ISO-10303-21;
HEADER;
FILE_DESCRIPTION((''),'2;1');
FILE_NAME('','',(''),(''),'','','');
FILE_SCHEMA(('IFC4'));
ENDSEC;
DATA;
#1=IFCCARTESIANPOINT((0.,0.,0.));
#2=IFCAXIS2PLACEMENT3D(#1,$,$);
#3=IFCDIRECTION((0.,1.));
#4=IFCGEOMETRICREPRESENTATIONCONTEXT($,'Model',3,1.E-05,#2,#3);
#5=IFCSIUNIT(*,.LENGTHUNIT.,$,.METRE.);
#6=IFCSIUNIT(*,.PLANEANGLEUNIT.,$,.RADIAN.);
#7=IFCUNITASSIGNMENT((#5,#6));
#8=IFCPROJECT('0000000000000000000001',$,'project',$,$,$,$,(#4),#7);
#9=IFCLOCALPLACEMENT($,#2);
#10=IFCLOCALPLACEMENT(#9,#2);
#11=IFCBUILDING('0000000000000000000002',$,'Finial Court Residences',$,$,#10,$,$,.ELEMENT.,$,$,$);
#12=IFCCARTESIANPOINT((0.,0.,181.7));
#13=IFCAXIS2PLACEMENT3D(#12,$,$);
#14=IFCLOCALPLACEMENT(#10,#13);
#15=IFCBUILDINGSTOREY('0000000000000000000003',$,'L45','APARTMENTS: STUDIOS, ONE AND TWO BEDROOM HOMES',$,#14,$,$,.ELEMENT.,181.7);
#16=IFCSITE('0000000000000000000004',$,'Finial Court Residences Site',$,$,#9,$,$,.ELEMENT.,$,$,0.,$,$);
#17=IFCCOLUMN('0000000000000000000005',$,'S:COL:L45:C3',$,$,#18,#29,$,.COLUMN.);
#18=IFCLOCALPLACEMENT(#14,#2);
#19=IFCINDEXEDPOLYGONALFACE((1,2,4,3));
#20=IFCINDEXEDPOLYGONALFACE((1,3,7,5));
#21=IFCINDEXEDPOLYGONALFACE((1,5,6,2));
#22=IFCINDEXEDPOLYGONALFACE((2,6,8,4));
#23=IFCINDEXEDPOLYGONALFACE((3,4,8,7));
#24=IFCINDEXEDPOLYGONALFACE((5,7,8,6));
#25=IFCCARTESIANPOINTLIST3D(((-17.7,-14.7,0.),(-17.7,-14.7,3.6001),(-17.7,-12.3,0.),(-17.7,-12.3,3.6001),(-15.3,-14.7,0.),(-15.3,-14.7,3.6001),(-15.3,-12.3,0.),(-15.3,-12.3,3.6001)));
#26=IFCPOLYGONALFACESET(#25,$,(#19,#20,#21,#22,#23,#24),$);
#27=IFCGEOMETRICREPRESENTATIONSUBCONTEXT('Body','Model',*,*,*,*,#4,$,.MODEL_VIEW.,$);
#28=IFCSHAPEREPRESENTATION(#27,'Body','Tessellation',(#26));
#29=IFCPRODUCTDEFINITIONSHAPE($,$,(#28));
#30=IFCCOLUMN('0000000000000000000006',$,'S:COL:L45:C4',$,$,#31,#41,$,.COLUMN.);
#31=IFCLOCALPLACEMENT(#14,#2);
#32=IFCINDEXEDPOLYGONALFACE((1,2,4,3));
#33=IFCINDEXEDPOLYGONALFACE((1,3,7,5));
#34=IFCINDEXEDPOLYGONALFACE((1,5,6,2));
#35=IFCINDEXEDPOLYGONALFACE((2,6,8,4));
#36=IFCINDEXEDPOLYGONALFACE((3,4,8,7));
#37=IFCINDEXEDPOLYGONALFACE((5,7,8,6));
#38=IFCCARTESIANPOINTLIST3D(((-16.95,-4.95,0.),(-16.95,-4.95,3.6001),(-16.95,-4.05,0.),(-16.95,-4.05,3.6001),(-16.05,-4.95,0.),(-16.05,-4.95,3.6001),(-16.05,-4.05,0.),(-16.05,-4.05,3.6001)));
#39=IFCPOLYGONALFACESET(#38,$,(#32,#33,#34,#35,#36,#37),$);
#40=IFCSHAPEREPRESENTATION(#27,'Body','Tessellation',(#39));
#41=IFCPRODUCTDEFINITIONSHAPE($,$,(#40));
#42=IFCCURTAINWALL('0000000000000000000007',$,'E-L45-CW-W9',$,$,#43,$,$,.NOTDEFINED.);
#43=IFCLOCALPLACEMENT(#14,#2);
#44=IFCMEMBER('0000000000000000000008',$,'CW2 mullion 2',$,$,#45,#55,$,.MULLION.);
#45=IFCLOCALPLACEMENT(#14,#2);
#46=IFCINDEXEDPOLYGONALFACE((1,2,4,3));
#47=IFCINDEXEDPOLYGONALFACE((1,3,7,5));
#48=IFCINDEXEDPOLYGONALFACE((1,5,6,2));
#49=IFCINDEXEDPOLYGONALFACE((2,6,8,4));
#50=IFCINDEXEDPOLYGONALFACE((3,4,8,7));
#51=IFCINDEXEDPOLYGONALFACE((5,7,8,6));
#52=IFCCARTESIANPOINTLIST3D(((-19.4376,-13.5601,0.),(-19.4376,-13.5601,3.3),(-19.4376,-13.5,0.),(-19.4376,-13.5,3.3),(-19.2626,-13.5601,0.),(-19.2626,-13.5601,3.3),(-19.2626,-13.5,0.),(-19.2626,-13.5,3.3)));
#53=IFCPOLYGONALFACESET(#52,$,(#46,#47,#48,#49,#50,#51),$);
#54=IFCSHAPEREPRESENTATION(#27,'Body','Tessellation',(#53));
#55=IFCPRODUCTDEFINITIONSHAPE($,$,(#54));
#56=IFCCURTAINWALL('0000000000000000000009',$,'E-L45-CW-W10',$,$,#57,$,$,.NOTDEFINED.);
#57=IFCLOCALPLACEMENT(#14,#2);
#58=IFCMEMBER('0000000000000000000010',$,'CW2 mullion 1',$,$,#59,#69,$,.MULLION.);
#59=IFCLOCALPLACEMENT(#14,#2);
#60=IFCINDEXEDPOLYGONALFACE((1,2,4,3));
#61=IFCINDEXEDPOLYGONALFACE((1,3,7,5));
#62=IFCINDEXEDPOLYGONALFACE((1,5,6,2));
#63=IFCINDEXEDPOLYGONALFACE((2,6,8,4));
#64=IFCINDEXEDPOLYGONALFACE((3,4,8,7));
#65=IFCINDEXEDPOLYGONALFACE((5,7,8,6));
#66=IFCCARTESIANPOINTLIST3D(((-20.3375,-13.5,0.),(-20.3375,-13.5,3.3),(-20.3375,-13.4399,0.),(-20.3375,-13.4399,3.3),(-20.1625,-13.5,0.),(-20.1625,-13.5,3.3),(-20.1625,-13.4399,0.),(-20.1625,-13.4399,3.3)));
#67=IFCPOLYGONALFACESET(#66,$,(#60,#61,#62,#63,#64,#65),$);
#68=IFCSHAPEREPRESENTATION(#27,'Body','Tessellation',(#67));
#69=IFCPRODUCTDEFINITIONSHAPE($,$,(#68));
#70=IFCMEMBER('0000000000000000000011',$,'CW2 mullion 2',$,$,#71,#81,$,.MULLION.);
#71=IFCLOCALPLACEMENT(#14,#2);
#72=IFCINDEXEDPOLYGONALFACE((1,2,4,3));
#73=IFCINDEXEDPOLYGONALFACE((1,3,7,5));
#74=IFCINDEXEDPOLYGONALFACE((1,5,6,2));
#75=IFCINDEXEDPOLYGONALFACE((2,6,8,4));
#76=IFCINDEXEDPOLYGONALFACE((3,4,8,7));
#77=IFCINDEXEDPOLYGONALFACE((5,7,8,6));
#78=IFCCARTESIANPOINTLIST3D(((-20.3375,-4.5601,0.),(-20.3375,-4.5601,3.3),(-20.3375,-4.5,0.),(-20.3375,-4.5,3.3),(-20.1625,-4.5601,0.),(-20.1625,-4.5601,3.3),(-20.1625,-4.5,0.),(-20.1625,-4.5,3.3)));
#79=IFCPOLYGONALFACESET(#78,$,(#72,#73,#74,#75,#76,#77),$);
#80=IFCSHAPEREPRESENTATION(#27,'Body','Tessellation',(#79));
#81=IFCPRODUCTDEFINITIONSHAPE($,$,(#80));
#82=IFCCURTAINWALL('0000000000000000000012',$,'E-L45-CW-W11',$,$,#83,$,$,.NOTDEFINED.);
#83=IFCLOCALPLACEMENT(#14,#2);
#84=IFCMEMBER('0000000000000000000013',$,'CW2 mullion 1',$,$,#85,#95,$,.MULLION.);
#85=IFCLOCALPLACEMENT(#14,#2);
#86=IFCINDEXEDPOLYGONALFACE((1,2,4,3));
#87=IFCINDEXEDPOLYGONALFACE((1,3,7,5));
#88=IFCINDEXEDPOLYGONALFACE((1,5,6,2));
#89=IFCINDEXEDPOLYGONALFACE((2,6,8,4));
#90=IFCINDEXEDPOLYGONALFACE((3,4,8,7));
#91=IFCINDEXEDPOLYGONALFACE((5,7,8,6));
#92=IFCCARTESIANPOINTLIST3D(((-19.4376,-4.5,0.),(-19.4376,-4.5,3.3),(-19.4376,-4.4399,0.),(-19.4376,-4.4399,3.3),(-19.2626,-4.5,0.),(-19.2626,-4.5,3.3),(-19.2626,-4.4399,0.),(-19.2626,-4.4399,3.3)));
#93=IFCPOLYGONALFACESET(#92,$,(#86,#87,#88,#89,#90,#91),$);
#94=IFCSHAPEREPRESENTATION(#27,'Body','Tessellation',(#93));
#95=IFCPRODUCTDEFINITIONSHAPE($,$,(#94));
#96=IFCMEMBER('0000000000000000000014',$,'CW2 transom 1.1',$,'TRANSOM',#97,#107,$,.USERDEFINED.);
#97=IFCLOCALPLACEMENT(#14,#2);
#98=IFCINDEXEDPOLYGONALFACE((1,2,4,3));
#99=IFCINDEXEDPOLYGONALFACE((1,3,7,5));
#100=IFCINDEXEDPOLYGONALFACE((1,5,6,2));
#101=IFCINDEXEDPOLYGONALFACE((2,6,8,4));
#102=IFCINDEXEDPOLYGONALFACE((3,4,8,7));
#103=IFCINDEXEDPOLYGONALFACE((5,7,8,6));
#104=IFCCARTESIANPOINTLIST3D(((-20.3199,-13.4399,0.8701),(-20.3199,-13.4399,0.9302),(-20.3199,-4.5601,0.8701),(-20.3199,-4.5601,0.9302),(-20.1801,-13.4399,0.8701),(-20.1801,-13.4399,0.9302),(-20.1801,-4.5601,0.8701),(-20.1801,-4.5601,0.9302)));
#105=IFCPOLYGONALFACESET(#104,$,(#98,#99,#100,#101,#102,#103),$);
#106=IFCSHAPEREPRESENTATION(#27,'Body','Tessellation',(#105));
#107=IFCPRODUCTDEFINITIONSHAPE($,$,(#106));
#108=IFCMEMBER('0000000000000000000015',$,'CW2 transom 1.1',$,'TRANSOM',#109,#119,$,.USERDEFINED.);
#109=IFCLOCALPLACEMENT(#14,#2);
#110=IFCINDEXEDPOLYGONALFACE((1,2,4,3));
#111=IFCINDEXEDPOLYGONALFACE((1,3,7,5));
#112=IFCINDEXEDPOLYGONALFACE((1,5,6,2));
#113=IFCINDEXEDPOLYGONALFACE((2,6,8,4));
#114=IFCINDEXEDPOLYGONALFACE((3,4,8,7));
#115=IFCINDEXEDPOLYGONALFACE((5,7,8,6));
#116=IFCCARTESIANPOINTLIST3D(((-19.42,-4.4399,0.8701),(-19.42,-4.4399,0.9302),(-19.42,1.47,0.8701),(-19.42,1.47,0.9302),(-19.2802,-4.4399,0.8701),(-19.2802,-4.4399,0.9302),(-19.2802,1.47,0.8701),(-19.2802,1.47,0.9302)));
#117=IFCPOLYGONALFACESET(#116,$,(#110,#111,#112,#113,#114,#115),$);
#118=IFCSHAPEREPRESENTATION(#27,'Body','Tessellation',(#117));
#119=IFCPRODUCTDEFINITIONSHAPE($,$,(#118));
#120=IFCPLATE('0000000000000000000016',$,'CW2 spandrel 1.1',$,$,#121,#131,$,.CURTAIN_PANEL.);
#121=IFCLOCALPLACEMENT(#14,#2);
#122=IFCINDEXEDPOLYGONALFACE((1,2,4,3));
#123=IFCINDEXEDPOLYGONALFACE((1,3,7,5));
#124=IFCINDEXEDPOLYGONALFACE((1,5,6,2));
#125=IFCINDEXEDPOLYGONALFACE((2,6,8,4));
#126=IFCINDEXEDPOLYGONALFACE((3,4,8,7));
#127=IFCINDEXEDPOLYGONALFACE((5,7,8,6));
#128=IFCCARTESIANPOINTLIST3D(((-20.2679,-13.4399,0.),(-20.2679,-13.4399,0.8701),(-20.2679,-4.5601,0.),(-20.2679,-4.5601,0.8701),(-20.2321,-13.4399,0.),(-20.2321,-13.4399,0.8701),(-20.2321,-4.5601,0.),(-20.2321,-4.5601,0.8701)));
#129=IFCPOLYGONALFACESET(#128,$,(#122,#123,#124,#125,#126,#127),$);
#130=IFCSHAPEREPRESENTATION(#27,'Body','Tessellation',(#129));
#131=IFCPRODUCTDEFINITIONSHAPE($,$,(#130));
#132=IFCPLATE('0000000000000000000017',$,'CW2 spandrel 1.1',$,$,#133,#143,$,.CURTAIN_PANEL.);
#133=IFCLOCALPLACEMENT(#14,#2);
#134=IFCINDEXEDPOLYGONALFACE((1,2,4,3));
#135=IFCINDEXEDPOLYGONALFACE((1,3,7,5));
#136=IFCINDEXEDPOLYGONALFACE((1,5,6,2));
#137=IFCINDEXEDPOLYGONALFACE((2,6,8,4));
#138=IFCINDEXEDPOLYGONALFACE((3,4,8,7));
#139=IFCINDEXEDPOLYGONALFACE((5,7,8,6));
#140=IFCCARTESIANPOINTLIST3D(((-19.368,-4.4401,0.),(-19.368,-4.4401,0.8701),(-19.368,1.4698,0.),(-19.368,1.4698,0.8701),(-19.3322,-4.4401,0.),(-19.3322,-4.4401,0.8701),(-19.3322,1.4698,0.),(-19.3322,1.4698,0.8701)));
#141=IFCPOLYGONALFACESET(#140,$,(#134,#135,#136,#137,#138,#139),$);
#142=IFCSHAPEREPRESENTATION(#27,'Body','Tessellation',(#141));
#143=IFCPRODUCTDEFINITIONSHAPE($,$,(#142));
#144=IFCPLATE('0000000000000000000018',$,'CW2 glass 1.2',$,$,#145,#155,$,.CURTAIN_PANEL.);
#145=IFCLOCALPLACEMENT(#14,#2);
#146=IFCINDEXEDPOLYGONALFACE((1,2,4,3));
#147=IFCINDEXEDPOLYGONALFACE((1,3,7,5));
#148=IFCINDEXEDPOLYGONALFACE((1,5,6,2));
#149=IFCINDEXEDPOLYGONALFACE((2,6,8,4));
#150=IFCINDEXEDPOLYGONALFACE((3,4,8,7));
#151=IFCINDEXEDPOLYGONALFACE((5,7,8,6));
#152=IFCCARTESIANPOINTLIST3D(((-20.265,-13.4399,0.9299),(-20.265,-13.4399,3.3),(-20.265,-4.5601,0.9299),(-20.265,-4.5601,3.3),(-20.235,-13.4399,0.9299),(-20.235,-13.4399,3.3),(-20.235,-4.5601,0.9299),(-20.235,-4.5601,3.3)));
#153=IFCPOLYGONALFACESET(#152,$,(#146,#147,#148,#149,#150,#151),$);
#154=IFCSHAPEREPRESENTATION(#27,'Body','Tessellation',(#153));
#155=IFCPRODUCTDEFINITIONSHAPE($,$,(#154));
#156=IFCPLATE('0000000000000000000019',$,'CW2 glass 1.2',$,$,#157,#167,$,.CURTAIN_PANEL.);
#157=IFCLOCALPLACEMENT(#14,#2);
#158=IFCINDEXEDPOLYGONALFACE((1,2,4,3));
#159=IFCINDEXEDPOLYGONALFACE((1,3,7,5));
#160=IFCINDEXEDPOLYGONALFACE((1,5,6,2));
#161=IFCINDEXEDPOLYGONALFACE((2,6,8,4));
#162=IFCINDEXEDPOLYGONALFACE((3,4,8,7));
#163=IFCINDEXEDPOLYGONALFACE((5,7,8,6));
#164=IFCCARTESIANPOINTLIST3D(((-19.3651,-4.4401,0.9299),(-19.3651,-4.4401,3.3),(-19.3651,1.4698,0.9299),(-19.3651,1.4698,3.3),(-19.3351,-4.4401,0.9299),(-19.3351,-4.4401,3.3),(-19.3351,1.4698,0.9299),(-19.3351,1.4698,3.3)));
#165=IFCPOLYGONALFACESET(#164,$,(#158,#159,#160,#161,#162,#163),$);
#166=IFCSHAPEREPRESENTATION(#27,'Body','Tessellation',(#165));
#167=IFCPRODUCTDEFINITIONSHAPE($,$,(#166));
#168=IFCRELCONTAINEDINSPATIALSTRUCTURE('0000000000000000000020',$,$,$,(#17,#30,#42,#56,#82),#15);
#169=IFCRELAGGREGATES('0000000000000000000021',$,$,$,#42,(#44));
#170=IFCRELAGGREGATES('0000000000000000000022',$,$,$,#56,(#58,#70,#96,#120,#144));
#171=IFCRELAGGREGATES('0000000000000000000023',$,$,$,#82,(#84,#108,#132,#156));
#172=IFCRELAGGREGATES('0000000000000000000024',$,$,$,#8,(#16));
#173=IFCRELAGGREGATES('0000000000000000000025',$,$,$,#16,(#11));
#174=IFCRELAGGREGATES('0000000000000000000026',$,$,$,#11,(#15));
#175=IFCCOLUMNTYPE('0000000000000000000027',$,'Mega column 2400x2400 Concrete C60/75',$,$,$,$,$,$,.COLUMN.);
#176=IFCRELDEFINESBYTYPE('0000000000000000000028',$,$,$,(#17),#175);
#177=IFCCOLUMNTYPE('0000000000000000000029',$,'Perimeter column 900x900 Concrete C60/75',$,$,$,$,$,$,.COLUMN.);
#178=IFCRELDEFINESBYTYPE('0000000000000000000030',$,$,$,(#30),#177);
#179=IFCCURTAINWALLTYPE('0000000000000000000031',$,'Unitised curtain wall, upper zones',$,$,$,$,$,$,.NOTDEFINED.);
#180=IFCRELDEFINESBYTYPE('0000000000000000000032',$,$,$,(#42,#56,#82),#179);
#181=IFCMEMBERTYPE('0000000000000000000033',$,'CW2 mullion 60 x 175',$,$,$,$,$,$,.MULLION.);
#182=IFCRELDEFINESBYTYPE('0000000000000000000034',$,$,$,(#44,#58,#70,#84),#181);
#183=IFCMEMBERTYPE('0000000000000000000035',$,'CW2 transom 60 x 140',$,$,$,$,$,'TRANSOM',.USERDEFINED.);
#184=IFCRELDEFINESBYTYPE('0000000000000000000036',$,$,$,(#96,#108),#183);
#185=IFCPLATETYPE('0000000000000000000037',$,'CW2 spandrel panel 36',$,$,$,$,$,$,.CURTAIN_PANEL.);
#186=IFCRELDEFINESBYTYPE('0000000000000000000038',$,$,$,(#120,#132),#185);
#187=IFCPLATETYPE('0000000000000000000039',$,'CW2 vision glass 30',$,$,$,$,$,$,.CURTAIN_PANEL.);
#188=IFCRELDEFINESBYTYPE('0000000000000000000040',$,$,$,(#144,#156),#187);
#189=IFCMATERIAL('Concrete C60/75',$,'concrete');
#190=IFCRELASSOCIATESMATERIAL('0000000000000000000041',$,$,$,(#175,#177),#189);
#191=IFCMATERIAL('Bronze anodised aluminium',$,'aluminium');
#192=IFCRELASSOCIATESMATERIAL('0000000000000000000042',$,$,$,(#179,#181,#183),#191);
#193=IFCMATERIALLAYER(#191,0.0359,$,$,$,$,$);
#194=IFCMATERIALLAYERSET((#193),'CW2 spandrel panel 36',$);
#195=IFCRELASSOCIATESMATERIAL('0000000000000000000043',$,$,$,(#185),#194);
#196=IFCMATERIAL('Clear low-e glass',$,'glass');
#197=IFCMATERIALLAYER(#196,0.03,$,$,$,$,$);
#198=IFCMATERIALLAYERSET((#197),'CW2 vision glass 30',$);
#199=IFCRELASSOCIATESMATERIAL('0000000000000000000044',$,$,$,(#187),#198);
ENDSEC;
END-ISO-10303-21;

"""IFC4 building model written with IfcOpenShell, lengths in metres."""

from ifc_helpers import new_model, si_unit, direction, frame, origin, origin_2d, place, context, subcontext, project, spatial, rectangle, extrude, material, layer, layer_set, material_profile, profile_set, type_object, element, aggregate, save


model = new_model("IFC4")

# Units and contexts
model_context = context("Model", 3, precision=1e-05, world=origin(), true_north=direction((0.0, 1.0)))
body_context = subcontext(model_context, "Body", "Model", "MODEL_VIEW")
ifc_project = project(units=[si_unit("LENGTHUNIT", "METRE"), si_unit("PLANEANGLEUNIT", "RADIAN")], contexts=[model_context])

# Site, building, storey
site_placement = place(None, origin())
site = spatial("IfcSite", under=ifc_project, at=site_placement, Name="Finial Court Residences Site", CompositionType="ELEMENT", RefElevation=0.0)
building_placement = place(site_placement, origin())
building = spatial("IfcBuilding", under=site, at=building_placement, Name="Finial Court Residences", CompositionType="ELEMENT")
storey_placement = place(building_placement, frame((0.0, 0.0, 181.7)))
storey = spatial("IfcBuildingStorey", under=building, at=storey_placement, Name="L45", Description="APARTMENTS: STUDIOS, ONE AND TWO BEDROOM HOMES", CompositionType="ELEMENT", Elevation=181.7)

# Columns
ifc_material_1 = material(Name="Concrete C60/75", Category="concrete")
ifc_material_profile_1 = material_profile(ifc_material_1, rectangle(XDim=2.3999, YDim=2.3999, at=origin_2d()), Name="2400x2400")
ifc_profile_set_1 = profile_set([ifc_material_profile_1], Name="Concrete C60/75")
column_type_1 = type_object("IfcColumnType", Name="Mega column 2400x2400 Concrete C60/75", PredefinedType="COLUMN", material=ifc_profile_set_1)
column_1_placement = place(storey_placement, frame((-16.5, -13.5, 0.0), z_axis=(0.0, 0.0, 1.0), x_axis=(1.0, 0.0, 0.0)))
element("IfcColumn", 1, at=column_1_placement, inside=storey, type_object=column_type_1, Name="S:COL:L45:C3", PredefinedType="COLUMN", context=body_context, shape_type="SweptSolid", body=[
    extrude(rectangle(XDim=2.3999, YDim=2.3999, at=origin_2d()), origin(), (0.0, 0.0, 1.0), 3.6001),
])
ifc_material_profile_2 = material_profile(ifc_material_1, rectangle(XDim=0.8999, YDim=0.8999, at=origin_2d()), Name="900x900")
ifc_profile_set_2 = profile_set([ifc_material_profile_2], Name="Concrete C60/75")
column_type_2 = type_object("IfcColumnType", Name="Perimeter column 900x900 Concrete C60/75", PredefinedType="COLUMN", material=ifc_profile_set_2)
column_2_placement = place(storey_placement, frame((-16.5, -4.5, 0.0), z_axis=(0.0, 0.0, 1.0), x_axis=(1.0, 0.0, 0.0)))
element("IfcColumn", 2, at=column_2_placement, inside=storey, type_object=column_type_2, Name="S:COL:L45:C4", PredefinedType="COLUMN", context=body_context, shape_type="SweptSolid", body=[
    extrude(rectangle(XDim=0.8999, YDim=0.8999, at=origin_2d()), origin(), (0.0, 0.0, 1.0), 3.6001),
])

# Curtain wall, member
ifc_material_2 = material(Name="Bronze anodised aluminium", Category="aluminium")
curtain_wall_type = type_object("IfcCurtainWallType", Name="Unitised curtain wall, upper zones", PredefinedType="NOTDEFINED", material=ifc_material_2)
curtain_wall_1_placement = place(storey_placement, origin())
curtain_wall_1 = element("IfcCurtainWall", 3, at=curtain_wall_1_placement, inside=storey, type_object=curtain_wall_type, Name="E-L45-CW-W9", PredefinedType="NOTDEFINED")
ifc_material_profile_3 = material_profile(ifc_material_2, rectangle(XDim=0.175, YDim=0.0601, at=origin_2d()), Name="CW2 mullion 60 x 175")
ifc_profile_set_3 = profile_set([ifc_material_profile_3], Name="Bronze anodised aluminium")
member_type_1 = type_object("IfcMemberType", Name="CW2 mullion 60 x 175", PredefinedType="MULLION", material=ifc_profile_set_3)
member_1_placement = place(storey_placement, frame((-19.3501, -13.53, 0.0), z_axis=(0.0, 0.0, 1.0), x_axis=(-1.0, 0.0, 0.0)))
member_1 = element("IfcMember", 4, at=member_1_placement, type_object=member_type_1, Name="CW2 mullion 2", PredefinedType="MULLION", context=body_context, shape_type="SweptSolid", body=[
    extrude(rectangle(XDim=0.175, YDim=0.0601, at=origin_2d()), origin(), (0.0, 0.0, 1.0), 3.3),
])
aggregate(curtain_wall_1, [member_1])

# Curtain wall, members
curtain_wall_2_placement = place(storey_placement, origin())
curtain_wall_2 = element("IfcCurtainWall", 5, at=curtain_wall_2_placement, inside=storey, type_object=curtain_wall_type, Name="E-L45-CW-W10", PredefinedType="NOTDEFINED")
member_2_placement = place(storey_placement, frame((-20.25, -13.47, 0.0), z_axis=(0.0, 0.0, 1.0), x_axis=(-1.0, 0.0, 0.0)))
member_2 = element("IfcMember", 6, at=member_2_placement, type_object=member_type_1, Name="CW2 mullion 1", PredefinedType="MULLION", context=body_context, shape_type="SweptSolid", body=[
    extrude(rectangle(XDim=0.175, YDim=0.0601, at=origin_2d()), origin(), (0.0, 0.0, 1.0), 3.3),
])
member_3_placement = place(storey_placement, frame((-20.25, -4.53, 0.0), z_axis=(0.0, 0.0, 1.0), x_axis=(-1.0, 0.0, 0.0)))
member_3 = element("IfcMember", 7, at=member_3_placement, type_object=member_type_1, Name="CW2 mullion 2", PredefinedType="MULLION", context=body_context, shape_type="SweptSolid", body=[
    extrude(rectangle(XDim=0.175, YDim=0.0601, at=origin_2d()), origin(), (0.0, 0.0, 1.0), 3.3),
])

# Curtain wall, member
curtain_wall_3_placement = place(storey_placement, origin())
curtain_wall_3 = element("IfcCurtainWall", 8, at=curtain_wall_3_placement, inside=storey, type_object=curtain_wall_type, Name="E-L45-CW-W11", PredefinedType="NOTDEFINED")
member_4_placement = place(storey_placement, frame((-19.3501, -4.47, 0.0), z_axis=(0.0, 0.0, 1.0), x_axis=(-1.0, 0.0, 0.0)))
member_4 = element("IfcMember", 9, at=member_4_placement, type_object=member_type_1, Name="CW2 mullion 1", PredefinedType="MULLION", context=body_context, shape_type="SweptSolid", body=[
    extrude(rectangle(XDim=0.175, YDim=0.0601, at=origin_2d()), origin(), (0.0, 0.0, 1.0), 3.3),
])

# Members
ifc_material_profile_4 = material_profile(ifc_material_2, rectangle(XDim=0.1399, YDim=0.0601, at=origin_2d()), Name="CW2 transom 60 x 140")
ifc_profile_set_4 = profile_set([ifc_material_profile_4], Name="Bronze anodised aluminium")
member_type_2 = type_object("IfcMemberType", Name="CW2 transom 60 x 140", ElementType="TRANSOM", PredefinedType="USERDEFINED", material=ifc_profile_set_4)
member_5_placement = place(storey_placement, frame((-20.25, -13.4399, 0.9001), z_axis=(0.0, 1.0, 0.0), x_axis=(-1.0, 0.0, 0.0)))
member_5 = element("IfcMember", 10, at=member_5_placement, type_object=member_type_2, Name="CW2 transom 1.1", ObjectType="TRANSOM", PredefinedType="USERDEFINED", context=body_context, shape_type="SweptSolid", body=[
    extrude(rectangle(XDim=0.1399, YDim=0.0601, at=origin_2d()), origin(), (0.0, 0.0, 1.0), 8.8799),
])
member_6_placement = place(storey_placement, frame((-19.3501, -4.4399, 0.9001), z_axis=(0.0, 1.0, 0.0), x_axis=(-1.0, 0.0, 0.0)))
member_6 = element("IfcMember", 11, at=member_6_placement, type_object=member_type_2, Name="CW2 transom 1.1", ObjectType="TRANSOM", PredefinedType="USERDEFINED", context=body_context, shape_type="SweptSolid", body=[
    extrude(rectangle(XDim=0.1399, YDim=0.0601, at=origin_2d()), origin(), (0.0, 0.0, 1.0), 5.9099),
])

# Plates
ifc_layer_1 = layer(ifc_material_2, 0.0359)
ifc_layer_set_1 = layer_set([ifc_layer_1], Name="CW2 spandrel panel 36")
plate_type_1 = type_object("IfcPlateType", Name="CW2 spandrel panel 36", PredefinedType="CURTAIN_PANEL", material=ifc_layer_set_1)
plate_1_placement = place(storey_placement, frame((-20.25, -9.0, 0.0), z_axis=(0.0, 0.0, 1.0), x_axis=(0.0, 1.0, 0.0)))
plate_1 = element("IfcPlate", 12, at=plate_1_placement, type_object=plate_type_1, Name="CW2 spandrel 1.1", PredefinedType="CURTAIN_PANEL", context=body_context, shape_type="SweptSolid", body=[
    extrude(rectangle(XDim=8.8799, YDim=0.0359, at=origin_2d()), origin(), (0.0, 0.0, 1.0), 0.8701),
])
plate_2_placement = place(storey_placement, frame((-19.3501, -1.4851, 0.0), z_axis=(0.0, 0.0, 1.0), x_axis=(0.0, 1.0, 0.0)))
plate_2 = element("IfcPlate", 13, at=plate_2_placement, type_object=plate_type_1, Name="CW2 spandrel 1.1", PredefinedType="CURTAIN_PANEL", context=body_context, shape_type="SweptSolid", body=[
    extrude(rectangle(XDim=5.9099, YDim=0.0359, at=origin_2d()), origin(), (0.0, 0.0, 1.0), 0.8701),
])
ifc_material_3 = material(Name="Clear low-e glass", Category="glass")
ifc_layer_2 = layer(ifc_material_3, 0.03)
ifc_layer_set_2 = layer_set([ifc_layer_2], Name="CW2 vision glass 30")
plate_type_2 = type_object("IfcPlateType", Name="CW2 vision glass 30", PredefinedType="CURTAIN_PANEL", material=ifc_layer_set_2)
plate_3_placement = place(storey_placement, frame((-20.25, -9.0, 0.9299), z_axis=(0.0, 0.0, 1.0), x_axis=(0.0, 1.0, 0.0)))
plate_3 = element("IfcPlate", 14, at=plate_3_placement, type_object=plate_type_2, Name="CW2 glass 1.2", PredefinedType="CURTAIN_PANEL", context=body_context, shape_type="SweptSolid", body=[
    extrude(rectangle(XDim=8.8799, YDim=0.03, at=origin_2d()), origin(), (0.0, 0.0, 1.0), 2.3701),
])
aggregate(curtain_wall_2, [member_2, member_3, member_5, plate_1, plate_3])
plate_4_placement = place(storey_placement, frame((-19.3501, -1.4851, 0.9299), z_axis=(0.0, 0.0, 1.0), x_axis=(0.0, 1.0, 0.0)))
plate_4 = element("IfcPlate", 15, at=plate_4_placement, type_object=plate_type_2, Name="CW2 glass 1.2", PredefinedType="CURTAIN_PANEL", context=body_context, shape_type="SweptSolid", body=[
    extrude(rectangle(XDim=5.9099, YDim=0.03, at=origin_2d()), origin(), (0.0, 0.0, 1.0), 2.3701),
])
aggregate(curtain_wall_3, [member_4, member_6, plate_2, plate_4])

save(model, "model.ifc")
